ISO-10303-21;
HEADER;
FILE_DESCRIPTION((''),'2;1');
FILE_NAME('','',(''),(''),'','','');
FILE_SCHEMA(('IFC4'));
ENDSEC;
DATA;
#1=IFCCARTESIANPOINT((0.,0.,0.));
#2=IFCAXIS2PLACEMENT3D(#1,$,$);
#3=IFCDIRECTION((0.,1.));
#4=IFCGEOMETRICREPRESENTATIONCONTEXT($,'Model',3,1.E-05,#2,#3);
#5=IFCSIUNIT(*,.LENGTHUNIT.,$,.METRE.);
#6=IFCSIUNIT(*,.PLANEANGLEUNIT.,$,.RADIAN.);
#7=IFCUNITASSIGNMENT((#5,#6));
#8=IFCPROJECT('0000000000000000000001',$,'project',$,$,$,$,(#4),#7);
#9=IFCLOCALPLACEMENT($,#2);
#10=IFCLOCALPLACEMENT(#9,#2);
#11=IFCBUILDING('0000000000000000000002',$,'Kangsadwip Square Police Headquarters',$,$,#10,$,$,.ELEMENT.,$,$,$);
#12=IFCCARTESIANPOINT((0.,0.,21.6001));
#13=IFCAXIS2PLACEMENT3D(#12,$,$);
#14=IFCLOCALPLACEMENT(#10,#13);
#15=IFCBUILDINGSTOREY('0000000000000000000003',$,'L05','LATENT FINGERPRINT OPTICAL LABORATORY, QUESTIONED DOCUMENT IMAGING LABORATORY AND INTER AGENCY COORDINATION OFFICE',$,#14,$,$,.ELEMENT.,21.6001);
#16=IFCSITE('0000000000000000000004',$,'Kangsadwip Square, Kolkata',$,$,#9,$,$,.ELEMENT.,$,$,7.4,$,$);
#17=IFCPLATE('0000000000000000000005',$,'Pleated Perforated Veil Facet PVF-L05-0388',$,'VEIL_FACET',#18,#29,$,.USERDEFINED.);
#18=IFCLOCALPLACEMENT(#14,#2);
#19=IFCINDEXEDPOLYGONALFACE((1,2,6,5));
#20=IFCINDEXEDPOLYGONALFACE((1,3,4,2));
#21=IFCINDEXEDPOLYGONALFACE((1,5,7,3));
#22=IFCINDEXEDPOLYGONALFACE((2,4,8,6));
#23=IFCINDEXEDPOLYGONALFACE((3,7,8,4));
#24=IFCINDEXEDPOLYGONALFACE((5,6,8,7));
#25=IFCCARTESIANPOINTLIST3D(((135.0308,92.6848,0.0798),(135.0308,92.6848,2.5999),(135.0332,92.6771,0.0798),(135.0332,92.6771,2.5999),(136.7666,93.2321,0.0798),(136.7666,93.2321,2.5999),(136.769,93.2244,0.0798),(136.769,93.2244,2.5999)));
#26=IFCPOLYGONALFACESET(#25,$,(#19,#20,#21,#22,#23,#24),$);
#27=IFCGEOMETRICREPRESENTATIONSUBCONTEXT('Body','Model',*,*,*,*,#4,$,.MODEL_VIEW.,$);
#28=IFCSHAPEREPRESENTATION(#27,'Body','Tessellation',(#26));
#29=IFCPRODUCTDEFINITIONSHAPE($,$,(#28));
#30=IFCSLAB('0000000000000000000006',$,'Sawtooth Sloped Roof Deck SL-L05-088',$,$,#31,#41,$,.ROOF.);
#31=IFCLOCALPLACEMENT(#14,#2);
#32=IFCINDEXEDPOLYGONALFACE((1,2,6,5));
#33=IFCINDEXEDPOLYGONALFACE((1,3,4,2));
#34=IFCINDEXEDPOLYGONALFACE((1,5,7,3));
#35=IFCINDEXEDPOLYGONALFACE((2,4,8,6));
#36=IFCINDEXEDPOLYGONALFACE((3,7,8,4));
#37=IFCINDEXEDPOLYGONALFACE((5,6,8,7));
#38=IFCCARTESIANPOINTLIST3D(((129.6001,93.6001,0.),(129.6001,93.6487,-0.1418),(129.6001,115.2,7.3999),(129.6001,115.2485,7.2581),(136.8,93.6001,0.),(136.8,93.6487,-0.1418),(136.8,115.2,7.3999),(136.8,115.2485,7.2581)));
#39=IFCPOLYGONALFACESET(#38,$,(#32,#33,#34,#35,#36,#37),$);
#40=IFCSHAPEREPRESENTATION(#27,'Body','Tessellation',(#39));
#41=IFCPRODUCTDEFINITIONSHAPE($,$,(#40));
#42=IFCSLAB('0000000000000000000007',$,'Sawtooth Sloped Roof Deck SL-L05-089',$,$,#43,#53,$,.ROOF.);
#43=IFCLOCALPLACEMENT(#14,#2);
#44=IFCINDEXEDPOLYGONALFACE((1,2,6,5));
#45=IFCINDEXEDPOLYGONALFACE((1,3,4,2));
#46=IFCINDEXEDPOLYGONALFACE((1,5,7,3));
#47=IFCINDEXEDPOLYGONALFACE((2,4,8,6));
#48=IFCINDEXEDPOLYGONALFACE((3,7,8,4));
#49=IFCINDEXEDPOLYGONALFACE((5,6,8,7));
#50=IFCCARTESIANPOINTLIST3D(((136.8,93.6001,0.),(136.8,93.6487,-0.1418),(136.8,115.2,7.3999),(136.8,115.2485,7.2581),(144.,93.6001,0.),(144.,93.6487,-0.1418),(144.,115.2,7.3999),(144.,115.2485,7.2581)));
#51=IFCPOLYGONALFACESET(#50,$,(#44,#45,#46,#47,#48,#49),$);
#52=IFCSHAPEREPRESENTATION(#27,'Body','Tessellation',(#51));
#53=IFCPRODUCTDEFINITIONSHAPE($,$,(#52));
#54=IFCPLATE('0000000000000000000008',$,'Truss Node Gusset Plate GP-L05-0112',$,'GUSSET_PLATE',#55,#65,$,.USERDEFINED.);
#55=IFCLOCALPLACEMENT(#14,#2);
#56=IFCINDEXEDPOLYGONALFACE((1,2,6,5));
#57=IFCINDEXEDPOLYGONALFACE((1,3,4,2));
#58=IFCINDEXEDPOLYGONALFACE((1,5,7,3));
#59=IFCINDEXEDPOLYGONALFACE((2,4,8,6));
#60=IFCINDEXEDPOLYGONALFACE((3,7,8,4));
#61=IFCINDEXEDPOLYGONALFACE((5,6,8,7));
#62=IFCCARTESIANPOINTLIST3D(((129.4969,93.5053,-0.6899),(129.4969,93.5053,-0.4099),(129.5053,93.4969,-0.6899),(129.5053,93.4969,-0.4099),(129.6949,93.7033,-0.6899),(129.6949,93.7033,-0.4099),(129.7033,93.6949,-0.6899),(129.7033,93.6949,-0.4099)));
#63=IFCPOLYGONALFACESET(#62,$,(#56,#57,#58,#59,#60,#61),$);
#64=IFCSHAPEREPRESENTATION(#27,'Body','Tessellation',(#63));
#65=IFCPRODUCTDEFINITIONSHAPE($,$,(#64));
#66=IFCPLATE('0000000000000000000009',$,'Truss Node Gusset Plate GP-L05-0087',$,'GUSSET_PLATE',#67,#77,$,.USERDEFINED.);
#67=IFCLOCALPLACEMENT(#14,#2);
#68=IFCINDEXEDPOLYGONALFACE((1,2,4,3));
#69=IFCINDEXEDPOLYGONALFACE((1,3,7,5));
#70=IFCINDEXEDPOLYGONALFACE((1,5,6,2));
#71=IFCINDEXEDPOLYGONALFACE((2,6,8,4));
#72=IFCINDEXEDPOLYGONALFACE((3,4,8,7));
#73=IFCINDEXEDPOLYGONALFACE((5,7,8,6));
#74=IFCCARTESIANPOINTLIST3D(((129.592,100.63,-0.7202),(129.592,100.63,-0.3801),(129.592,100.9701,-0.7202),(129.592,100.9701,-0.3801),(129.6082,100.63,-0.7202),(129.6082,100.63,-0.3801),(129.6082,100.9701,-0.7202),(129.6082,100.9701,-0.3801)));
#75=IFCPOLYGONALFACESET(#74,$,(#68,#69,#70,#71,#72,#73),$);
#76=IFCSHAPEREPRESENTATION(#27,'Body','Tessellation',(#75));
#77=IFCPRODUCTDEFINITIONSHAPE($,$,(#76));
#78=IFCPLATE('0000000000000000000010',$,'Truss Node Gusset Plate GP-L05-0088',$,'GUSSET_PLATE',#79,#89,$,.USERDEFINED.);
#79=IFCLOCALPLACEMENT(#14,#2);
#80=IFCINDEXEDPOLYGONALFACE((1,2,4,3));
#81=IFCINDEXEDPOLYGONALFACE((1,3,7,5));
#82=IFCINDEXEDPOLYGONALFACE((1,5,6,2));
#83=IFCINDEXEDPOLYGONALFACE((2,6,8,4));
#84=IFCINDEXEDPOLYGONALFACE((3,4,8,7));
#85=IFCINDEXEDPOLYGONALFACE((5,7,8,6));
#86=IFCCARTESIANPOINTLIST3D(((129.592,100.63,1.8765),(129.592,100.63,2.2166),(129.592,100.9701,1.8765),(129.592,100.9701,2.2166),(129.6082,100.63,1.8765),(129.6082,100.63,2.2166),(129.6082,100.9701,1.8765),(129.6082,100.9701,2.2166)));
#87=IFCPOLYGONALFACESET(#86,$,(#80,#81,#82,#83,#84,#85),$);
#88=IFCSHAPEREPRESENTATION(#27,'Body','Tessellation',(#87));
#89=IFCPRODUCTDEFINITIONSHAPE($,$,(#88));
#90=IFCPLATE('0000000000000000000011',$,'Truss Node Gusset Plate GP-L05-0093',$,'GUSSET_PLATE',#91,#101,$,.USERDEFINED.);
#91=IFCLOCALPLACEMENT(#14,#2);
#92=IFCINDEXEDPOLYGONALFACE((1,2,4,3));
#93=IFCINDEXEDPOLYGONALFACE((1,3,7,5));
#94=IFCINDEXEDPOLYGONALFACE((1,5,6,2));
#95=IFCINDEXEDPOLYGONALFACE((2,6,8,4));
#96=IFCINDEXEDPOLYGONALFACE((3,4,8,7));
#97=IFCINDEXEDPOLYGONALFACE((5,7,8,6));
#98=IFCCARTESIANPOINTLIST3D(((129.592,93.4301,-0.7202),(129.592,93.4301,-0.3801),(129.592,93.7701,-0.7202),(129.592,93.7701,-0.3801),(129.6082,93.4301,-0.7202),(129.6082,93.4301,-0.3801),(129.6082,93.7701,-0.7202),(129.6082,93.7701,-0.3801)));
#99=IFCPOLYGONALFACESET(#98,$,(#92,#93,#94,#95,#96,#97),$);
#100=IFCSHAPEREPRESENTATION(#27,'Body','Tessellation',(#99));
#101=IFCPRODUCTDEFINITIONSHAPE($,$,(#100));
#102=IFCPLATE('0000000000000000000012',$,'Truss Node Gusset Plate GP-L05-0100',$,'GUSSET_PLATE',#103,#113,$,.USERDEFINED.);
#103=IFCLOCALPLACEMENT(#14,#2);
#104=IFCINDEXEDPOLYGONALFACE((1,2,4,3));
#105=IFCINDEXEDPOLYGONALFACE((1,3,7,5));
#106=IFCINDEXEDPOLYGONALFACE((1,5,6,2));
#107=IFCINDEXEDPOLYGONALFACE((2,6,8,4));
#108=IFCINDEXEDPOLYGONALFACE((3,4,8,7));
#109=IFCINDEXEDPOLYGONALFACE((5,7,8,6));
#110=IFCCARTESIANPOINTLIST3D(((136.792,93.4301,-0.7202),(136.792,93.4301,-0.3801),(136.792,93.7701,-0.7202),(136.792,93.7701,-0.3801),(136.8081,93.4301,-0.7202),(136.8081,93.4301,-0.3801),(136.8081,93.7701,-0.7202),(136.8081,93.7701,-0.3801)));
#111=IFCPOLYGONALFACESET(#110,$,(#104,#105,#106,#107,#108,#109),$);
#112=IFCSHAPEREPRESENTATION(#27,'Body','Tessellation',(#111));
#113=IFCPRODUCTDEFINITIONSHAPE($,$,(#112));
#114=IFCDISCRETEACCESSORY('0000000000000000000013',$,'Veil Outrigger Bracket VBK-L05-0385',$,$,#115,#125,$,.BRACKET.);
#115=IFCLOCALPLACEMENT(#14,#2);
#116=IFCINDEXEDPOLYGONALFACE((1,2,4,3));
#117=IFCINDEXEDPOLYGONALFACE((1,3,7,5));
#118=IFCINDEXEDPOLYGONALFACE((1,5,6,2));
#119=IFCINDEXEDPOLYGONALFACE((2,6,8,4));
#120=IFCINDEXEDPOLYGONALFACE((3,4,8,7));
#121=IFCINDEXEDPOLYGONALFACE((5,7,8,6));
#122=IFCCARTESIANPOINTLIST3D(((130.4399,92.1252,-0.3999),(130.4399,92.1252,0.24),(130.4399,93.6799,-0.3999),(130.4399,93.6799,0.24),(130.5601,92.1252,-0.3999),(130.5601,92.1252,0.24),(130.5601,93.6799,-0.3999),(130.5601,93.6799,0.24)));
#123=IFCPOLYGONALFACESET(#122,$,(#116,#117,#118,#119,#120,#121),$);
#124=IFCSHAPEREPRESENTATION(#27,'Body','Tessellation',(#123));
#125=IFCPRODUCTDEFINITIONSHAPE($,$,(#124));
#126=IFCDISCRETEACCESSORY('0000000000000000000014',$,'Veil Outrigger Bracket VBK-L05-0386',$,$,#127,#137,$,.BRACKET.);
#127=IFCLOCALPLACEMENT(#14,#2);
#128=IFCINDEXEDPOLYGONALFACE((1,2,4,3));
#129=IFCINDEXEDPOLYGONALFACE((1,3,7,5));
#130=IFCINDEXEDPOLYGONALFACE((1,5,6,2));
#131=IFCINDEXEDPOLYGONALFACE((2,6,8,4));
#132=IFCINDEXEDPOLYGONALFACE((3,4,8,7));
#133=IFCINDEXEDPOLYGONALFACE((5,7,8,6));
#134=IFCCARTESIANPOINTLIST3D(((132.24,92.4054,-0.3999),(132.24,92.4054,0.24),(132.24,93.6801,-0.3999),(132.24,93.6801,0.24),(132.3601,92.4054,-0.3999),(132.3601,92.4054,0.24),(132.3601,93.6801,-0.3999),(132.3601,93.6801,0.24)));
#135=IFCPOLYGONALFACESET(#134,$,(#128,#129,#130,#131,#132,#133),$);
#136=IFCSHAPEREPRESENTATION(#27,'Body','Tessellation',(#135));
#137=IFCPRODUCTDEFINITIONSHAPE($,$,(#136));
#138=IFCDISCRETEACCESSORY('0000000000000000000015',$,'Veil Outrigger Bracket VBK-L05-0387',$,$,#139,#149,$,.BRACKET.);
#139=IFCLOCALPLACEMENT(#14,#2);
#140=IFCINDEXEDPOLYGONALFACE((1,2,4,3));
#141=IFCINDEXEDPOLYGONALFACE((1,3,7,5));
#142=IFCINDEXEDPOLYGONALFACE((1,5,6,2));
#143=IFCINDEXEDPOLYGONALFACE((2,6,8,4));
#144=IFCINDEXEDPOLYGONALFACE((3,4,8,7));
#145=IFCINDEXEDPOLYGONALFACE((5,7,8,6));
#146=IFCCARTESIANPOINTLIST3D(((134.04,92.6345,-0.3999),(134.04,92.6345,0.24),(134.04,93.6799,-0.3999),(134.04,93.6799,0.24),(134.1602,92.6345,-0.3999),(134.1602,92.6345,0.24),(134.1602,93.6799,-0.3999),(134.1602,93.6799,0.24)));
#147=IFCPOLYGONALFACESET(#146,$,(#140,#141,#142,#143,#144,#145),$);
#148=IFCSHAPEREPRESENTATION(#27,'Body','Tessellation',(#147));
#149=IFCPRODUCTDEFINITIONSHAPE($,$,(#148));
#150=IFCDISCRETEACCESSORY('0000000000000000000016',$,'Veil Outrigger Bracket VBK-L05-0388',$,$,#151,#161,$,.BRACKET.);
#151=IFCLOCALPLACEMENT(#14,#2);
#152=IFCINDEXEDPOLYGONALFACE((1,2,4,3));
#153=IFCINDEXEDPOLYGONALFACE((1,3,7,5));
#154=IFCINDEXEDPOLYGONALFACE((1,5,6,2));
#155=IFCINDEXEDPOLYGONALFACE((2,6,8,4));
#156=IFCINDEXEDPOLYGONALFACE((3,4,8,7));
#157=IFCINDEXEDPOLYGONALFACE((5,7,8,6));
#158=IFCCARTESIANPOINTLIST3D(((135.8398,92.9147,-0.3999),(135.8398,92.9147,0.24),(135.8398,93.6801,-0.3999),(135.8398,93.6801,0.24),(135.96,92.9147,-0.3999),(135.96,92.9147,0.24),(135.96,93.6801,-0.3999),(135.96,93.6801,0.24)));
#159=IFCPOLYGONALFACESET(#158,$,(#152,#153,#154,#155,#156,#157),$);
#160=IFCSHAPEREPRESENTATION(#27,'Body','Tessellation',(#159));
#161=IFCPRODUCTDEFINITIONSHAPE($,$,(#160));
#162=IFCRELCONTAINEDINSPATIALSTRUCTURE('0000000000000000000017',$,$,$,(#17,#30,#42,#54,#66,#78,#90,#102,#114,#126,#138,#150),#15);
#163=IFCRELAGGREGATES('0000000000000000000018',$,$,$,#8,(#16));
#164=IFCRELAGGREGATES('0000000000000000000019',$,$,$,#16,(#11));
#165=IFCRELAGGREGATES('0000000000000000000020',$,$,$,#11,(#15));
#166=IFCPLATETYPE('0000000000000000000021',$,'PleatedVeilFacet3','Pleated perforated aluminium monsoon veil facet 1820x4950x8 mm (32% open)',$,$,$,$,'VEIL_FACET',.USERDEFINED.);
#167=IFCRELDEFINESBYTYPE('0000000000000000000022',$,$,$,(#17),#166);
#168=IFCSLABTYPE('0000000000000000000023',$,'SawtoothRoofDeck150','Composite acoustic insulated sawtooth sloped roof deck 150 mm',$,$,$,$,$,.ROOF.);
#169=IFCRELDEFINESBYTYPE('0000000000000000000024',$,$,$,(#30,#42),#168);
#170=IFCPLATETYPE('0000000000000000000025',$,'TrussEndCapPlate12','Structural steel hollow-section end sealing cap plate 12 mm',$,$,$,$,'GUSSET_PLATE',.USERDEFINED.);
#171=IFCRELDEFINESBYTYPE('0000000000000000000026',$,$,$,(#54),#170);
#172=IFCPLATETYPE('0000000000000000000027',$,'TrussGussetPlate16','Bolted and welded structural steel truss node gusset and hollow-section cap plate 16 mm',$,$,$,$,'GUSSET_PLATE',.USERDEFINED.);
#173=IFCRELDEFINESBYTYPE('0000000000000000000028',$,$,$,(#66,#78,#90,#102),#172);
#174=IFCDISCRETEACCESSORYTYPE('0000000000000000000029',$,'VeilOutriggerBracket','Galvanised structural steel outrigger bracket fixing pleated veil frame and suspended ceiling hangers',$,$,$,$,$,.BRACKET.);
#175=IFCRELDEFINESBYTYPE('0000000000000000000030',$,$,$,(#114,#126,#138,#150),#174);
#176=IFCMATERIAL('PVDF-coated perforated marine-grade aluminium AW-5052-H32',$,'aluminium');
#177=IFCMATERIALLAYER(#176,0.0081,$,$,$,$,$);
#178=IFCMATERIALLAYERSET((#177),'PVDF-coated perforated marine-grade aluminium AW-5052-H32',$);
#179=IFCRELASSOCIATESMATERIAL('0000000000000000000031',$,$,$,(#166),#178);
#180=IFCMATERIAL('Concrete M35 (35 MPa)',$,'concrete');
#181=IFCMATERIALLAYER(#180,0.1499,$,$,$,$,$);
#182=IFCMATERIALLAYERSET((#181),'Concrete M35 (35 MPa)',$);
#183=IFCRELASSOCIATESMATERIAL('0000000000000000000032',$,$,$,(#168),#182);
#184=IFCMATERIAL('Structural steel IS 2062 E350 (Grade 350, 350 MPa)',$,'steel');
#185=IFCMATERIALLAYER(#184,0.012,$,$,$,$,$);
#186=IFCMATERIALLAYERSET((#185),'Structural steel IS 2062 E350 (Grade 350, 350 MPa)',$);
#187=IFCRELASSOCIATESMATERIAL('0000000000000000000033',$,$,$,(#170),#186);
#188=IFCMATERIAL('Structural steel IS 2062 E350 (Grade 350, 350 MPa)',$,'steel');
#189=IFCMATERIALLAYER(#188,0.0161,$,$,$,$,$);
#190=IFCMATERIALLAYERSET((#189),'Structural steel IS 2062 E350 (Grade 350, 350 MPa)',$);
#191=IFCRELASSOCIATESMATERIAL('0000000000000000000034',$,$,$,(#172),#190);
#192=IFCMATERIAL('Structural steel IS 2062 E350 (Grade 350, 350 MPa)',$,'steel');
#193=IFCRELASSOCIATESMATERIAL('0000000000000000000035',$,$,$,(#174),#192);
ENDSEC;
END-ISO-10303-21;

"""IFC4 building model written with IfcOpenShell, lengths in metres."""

from ifc_helpers import new_model, si_unit, direction, frame, origin, origin_2d, place, context, subcontext, project, spatial, polyline, rectangle, outline, extrude, material, layer, layer_set, type_object, element, save


model = new_model("IFC4")

# Units and contexts
model_context = context("Model", 3, precision=1e-05, world=origin(), true_north=direction((0.0, 1.0)))
body_context = subcontext(model_context, "Body", "Model", "MODEL_VIEW")
ifc_project = project(units=[si_unit("LENGTHUNIT", "METRE"), si_unit("PLANEANGLEUNIT", "RADIAN")], contexts=[model_context])

# Site, building, storey
site_placement = place(None, origin())
site = spatial("IfcSite", under=ifc_project, at=site_placement, Name="Kangsadwip Square, Kolkata", CompositionType="ELEMENT", RefElevation=7.4)
building_placement = place(site_placement, origin())
building = spatial("IfcBuilding", under=site, at=building_placement, Name="Kangsadwip Square Police Headquarters", CompositionType="ELEMENT")
storey_placement = place(building_placement, frame((0.0, 0.0, 21.6001)))
storey = spatial("IfcBuildingStorey", under=building, at=storey_placement, Name="L05", Description="LATENT FINGERPRINT OPTICAL LABORATORY, QUESTIONED DOCUMENT IMAGING LABORATORY AND INTER AGENCY COORDINATION OFFICE", CompositionType="ELEMENT", Elevation=21.6001)

# Plate
ifc_material_1 = material(Name="PVDF-coated perforated marine-grade aluminium AW-5052-H32", Category="aluminium")
ifc_layer_1 = layer(ifc_material_1, 0.0081)
ifc_layer_set_1 = layer_set([ifc_layer_1], Name="PVDF-coated perforated marine-grade aluminium AW-5052-H32")
plate_type_1 = type_object("IfcPlateType", Name="PleatedVeilFacet3", Description="Pleated perforated aluminium monsoon veil facet 1820x4950x8 mm (32% open)", ElementType="VEIL_FACET", PredefinedType="USERDEFINED", material=ifc_layer_set_1)
for number, where, z_axis, x_axis, name in (
    (1, (135.8999, 92.9546, 0.0798), (0.0, 0.0, 1.0), (0.953717, 0.300706, 0.0), "Pleated Perforated Veil Facet PVF-L05-0388"),
):
    element("IfcPlate", number, at=place(storey_placement, frame(where, z_axis=z_axis, x_axis=x_axis)), inside=storey, type_object=plate_type_1, Name=name, ObjectType="VEIL_FACET", PredefinedType="USERDEFINED", context=body_context, shape_type="SweptSolid", body=[
        extrude(rectangle(XDim=1.8201, YDim=0.0081, at=origin_2d()), origin(), (0.0, 0.0, 1.0), 2.52),
    ])

# Slabs
ifc_material_2 = material(Name="Concrete M35 (35 MPa)", Category="concrete")
ifc_layer_2 = layer(ifc_material_2, 0.1499)
ifc_layer_set_2 = layer_set([ifc_layer_2], Name="Concrete M35 (35 MPa)")
slab_type = type_object("IfcSlabType", Name="SawtoothRoofDeck150", Description="Composite acoustic insulated sawtooth sloped roof deck 150 mm", PredefinedType="ROOF", material=ifc_layer_set_2)
for number, where, z_axis, x_axis, name in (
    (2, (129.6001, 93.6001, 0.0), (0.0, -0.324099, 0.946023), (1.0, 0.0, 0.0), "Sawtooth Sloped Roof Deck SL-L05-088"),
    (3, (136.8, 93.6001, 0.0), (0.0, -0.324099, 0.946023), (1.0, 0.0, 0.0), "Sawtooth Sloped Roof Deck SL-L05-089"),
):
    element("IfcSlab", number, at=place(storey_placement, frame(where, z_axis=z_axis, x_axis=x_axis)), inside=storey, type_object=slab_type, Name=name, PredefinedType="ROOF", context=body_context, shape_type="SweptSolid", body=[
        extrude(outline(polyline([(0.0, 0.0), (7.2, 0.0), (7.2, 22.8323), (0.0, 22.8323), (0.0, 0.0)])), origin(), (0.0, 0.0, -1.0), 0.1499),
    ])

# Plates
ifc_material_3 = material(Name="Structural steel IS 2062 E350 (Grade 350, 350 MPa)", Category="steel")
ifc_layer_3 = layer(ifc_material_3, 0.012)
ifc_layer_set_3 = layer_set([ifc_layer_3], Name="Structural steel IS 2062 E350 (Grade 350, 350 MPa)")
plate_type_2 = type_object("IfcPlateType", Name="TrussEndCapPlate12", Description="Structural steel hollow-section end sealing cap plate 12 mm", ElementType="GUSSET_PLATE", PredefinedType="USERDEFINED", material=ifc_layer_set_3)
plate_placement = place(storey_placement, frame((129.6001, 93.6001, -0.6899), z_axis=(0.0, 0.0, 1.0), x_axis=(0.707107, 0.707107, 0.0)))
element("IfcPlate", 4, at=plate_placement, inside=storey, type_object=plate_type_2, Name="Truss Node Gusset Plate GP-L05-0112", ObjectType="GUSSET_PLATE", PredefinedType="USERDEFINED", context=body_context, shape_type="SweptSolid", body=[
    extrude(rectangle(XDim=0.28, YDim=0.012, at=origin_2d()), origin(), (0.0, 0.0, 1.0), 0.28),
])
ifc_material_4 = material(Name="Structural steel IS 2062 E350 (Grade 350, 350 MPa)", Category="steel")
ifc_layer_4 = layer(ifc_material_4, 0.0161)
ifc_layer_set_4 = layer_set([ifc_layer_4], Name="Structural steel IS 2062 E350 (Grade 350, 350 MPa)")
plate_type_3 = type_object("IfcPlateType", Name="TrussGussetPlate16", Description="Bolted and welded structural steel truss node gusset and hollow-section cap plate 16 mm", ElementType="GUSSET_PLATE", PredefinedType="USERDEFINED", material=ifc_layer_set_4)
for number, where, z_axis, x_axis, name in (
    (5, (129.6001, 100.8, -0.7202), (0.0, 0.0, 1.0), (0.0, 1.0, 0.0), "Truss Node Gusset Plate GP-L05-0087"),
    (6, (129.6001, 100.8, 1.8765), (0.0, 0.0, 1.0), (0.0, 1.0, 0.0), "Truss Node Gusset Plate GP-L05-0088"),
    (7, (129.6001, 93.6001, -0.7202), (0.0, 0.0, 1.0), (0.0, 1.0, 0.0), "Truss Node Gusset Plate GP-L05-0093"),
    (8, (136.8, 93.6001, -0.7202), (0.0, 0.0, 1.0), (0.0, 1.0, 0.0), "Truss Node Gusset Plate GP-L05-0100"),
):
    element("IfcPlate", number, at=place(storey_placement, frame(where, z_axis=z_axis, x_axis=x_axis)), inside=storey, type_object=plate_type_3, Name=name, ObjectType="GUSSET_PLATE", PredefinedType="USERDEFINED", context=body_context, shape_type="SweptSolid", body=[
        extrude(rectangle(XDim=0.3401, YDim=0.0161, at=origin_2d()), origin(), (0.0, 0.0, 1.0), 0.3401),
    ])

# Discrete accessories
ifc_material_5 = material(Name="Structural steel IS 2062 E350 (Grade 350, 350 MPa)", Category="steel")
discrete_accessory_type = type_object("IfcDiscreteAccessoryType", Name="VeilOutriggerBracket", Description="Galvanised structural steel outrigger bracket fixing pleated veil frame and suspended ceiling hangers", PredefinedType="BRACKET", material=ifc_material_5)
discrete_accessory_1_placement = place(storey_placement, frame((130.5, 92.9026, -0.3999), z_axis=(0.0, 0.0, 1.0), x_axis=(1.0, 0.0, 0.0)))
element("IfcDiscreteAccessory", 9, at=discrete_accessory_1_placement, inside=storey, type_object=discrete_accessory_type, Name="Veil Outrigger Bracket VBK-L05-0385", PredefinedType="BRACKET", context=body_context, shape_type="SweptSolid", body=[
    extrude(rectangle(XDim=0.1201, YDim=1.5547, at=origin_2d()), origin(), (0.0, 0.0, 1.0), 0.6399),
])
discrete_accessory_2_placement = place(storey_placement, frame((132.3, 93.0427, -0.3999), z_axis=(0.0, 0.0, 1.0), x_axis=(1.0, 0.0, 0.0)))
element("IfcDiscreteAccessory", 10, at=discrete_accessory_2_placement, inside=storey, type_object=discrete_accessory_type, Name="Veil Outrigger Bracket VBK-L05-0386", PredefinedType="BRACKET", context=body_context, shape_type="SweptSolid", body=[
    extrude(rectangle(XDim=0.1201, YDim=1.2747, at=origin_2d()), origin(), (0.0, 0.0, 1.0), 0.6399),
])
discrete_accessory_3_placement = place(storey_placement, frame((134.1001, 93.1572, -0.3999), z_axis=(0.0, 0.0, 1.0), x_axis=(1.0, 0.0, 0.0)))
element("IfcDiscreteAccessory", 11, at=discrete_accessory_3_placement, inside=storey, type_object=discrete_accessory_type, Name="Veil Outrigger Bracket VBK-L05-0387", PredefinedType="BRACKET", context=body_context, shape_type="SweptSolid", body=[
    extrude(rectangle(XDim=0.1201, YDim=1.0454, at=origin_2d()), origin(), (0.0, 0.0, 1.0), 0.6399),
])
discrete_accessory_4_placement = place(storey_placement, frame((135.8999, 93.2974, -0.3999), z_axis=(0.0, 0.0, 1.0), x_axis=(1.0, 0.0, 0.0)))
element("IfcDiscreteAccessory", 12, at=discrete_accessory_4_placement, inside=storey, type_object=discrete_accessory_type, Name="Veil Outrigger Bracket VBK-L05-0388", PredefinedType="BRACKET", context=body_context, shape_type="SweptSolid", body=[
    extrude(rectangle(XDim=0.1201, YDim=0.7654, at=origin_2d()), origin(), (0.0, 0.0, 1.0), 0.6399),
])

save(model, "model.ifc")
